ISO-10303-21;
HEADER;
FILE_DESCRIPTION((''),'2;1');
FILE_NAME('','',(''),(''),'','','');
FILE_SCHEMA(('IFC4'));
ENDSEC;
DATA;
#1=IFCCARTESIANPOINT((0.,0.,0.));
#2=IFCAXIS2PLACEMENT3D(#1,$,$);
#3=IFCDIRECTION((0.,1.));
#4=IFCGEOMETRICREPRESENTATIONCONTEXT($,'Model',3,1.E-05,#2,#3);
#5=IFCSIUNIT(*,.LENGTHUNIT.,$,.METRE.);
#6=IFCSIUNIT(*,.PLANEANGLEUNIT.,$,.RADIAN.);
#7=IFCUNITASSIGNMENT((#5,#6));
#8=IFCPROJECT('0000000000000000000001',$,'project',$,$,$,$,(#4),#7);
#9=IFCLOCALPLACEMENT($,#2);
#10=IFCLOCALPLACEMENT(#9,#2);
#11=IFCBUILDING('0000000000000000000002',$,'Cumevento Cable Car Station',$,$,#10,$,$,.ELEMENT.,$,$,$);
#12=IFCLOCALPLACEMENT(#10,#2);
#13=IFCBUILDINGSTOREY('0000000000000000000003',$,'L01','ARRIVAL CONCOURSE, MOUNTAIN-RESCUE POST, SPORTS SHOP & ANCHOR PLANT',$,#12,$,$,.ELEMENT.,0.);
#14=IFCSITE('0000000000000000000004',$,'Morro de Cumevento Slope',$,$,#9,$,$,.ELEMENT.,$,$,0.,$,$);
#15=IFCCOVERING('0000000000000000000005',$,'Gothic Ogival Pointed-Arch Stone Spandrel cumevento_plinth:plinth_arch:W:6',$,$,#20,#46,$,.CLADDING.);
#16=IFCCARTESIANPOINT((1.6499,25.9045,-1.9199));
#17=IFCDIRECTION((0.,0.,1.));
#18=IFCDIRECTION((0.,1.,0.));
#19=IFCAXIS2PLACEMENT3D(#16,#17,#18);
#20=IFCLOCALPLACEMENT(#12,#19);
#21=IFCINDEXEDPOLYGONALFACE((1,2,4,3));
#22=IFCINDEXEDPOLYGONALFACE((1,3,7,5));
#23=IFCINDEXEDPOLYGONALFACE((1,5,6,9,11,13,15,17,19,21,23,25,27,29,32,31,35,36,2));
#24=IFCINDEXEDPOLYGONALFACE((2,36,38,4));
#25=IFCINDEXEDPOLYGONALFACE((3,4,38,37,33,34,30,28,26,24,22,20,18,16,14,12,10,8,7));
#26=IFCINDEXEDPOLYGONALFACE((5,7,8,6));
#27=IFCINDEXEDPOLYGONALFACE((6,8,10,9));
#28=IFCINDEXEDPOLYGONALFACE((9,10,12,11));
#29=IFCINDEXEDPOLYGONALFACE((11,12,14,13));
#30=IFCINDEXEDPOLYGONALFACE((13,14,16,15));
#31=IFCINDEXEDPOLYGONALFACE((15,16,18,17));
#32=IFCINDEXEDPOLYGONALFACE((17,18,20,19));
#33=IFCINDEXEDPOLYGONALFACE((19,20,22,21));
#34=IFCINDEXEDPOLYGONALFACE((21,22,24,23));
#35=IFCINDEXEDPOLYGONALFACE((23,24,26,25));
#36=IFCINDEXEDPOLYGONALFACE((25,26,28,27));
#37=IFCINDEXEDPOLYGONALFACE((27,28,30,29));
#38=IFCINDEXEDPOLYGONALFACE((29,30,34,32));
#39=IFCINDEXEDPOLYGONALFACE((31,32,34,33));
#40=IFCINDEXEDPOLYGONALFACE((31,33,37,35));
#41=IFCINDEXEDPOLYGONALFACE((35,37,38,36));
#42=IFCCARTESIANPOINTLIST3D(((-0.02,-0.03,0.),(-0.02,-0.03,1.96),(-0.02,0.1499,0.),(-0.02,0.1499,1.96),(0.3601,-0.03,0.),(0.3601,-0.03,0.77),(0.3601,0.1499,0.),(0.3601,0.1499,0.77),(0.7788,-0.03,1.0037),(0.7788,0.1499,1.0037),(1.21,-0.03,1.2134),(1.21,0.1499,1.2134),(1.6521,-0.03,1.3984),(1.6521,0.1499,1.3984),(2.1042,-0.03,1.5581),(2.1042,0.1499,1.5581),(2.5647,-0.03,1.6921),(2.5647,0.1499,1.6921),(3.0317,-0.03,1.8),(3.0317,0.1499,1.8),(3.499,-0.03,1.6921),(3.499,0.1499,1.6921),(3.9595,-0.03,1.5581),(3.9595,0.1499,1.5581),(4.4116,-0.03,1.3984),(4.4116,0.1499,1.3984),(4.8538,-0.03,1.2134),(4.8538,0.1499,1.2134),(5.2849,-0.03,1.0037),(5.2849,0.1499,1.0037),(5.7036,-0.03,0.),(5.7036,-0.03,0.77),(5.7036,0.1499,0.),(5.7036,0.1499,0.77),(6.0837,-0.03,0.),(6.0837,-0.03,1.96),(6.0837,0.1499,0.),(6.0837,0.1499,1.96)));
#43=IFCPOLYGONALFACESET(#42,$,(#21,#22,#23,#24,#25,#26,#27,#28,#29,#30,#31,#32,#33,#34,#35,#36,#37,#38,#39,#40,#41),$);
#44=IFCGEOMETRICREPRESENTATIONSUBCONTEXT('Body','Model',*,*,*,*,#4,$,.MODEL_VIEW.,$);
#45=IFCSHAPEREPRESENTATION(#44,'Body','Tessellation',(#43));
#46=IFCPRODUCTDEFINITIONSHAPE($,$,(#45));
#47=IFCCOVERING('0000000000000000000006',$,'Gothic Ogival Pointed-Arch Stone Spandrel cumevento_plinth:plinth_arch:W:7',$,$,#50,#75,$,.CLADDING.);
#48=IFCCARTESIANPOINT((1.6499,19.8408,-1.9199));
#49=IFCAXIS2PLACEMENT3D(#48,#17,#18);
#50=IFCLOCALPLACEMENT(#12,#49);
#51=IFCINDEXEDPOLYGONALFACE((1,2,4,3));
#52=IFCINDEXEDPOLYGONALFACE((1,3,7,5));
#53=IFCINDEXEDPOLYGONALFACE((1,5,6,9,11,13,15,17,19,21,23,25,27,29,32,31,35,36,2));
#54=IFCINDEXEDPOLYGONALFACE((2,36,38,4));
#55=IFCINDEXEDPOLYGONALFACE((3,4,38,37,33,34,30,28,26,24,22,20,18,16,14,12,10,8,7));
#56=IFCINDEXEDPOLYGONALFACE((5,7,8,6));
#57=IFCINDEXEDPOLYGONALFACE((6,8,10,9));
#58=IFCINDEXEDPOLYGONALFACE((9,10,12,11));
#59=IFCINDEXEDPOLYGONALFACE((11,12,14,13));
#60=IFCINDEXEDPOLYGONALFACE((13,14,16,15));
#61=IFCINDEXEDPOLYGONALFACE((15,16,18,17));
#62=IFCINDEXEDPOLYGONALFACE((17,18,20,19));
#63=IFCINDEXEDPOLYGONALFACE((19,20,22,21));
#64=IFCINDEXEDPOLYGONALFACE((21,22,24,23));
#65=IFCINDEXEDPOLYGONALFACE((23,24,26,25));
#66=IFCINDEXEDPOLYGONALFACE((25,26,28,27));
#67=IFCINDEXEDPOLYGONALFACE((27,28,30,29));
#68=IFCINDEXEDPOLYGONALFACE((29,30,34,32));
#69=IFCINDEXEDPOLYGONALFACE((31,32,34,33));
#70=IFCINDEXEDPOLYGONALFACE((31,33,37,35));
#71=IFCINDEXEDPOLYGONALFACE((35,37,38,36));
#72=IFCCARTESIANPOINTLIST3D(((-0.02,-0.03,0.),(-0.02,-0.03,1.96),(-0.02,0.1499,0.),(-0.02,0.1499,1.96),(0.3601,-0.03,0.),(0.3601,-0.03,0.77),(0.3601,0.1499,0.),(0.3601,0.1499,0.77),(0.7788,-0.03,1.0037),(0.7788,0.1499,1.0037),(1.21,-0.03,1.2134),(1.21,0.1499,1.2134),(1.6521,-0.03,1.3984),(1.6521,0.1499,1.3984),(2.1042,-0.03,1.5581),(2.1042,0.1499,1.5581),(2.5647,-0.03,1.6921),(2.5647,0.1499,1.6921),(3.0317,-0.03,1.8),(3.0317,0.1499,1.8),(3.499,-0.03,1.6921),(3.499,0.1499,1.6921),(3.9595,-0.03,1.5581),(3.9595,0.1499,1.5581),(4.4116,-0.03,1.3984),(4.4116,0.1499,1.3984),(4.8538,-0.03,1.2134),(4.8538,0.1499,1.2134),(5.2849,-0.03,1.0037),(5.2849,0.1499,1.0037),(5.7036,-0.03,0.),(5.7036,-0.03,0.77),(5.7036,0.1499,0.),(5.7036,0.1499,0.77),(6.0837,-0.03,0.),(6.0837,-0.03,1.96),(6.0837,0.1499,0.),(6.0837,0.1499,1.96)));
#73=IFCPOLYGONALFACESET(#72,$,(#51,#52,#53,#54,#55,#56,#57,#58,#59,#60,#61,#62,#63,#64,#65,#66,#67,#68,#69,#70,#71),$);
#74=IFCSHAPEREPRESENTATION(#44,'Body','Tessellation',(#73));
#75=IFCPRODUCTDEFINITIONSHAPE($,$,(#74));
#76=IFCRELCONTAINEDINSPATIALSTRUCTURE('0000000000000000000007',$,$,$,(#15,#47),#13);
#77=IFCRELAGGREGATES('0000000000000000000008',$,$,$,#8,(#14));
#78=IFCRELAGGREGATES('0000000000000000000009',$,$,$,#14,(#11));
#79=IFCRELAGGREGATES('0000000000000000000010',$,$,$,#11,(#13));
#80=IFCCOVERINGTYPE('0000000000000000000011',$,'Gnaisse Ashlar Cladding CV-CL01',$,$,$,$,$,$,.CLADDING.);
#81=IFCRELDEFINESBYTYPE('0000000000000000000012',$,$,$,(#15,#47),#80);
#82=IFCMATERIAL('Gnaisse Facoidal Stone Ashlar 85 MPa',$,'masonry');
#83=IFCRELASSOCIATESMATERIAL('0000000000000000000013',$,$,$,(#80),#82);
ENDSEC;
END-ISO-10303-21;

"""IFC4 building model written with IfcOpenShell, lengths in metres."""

from ifc_helpers import new_model, si_unit, direction, frame, origin, place, context, subcontext, project, spatial, polyline, outline, extrude, material, type_object, element, save


model = new_model("IFC4")

# Units and contexts
model_context = context("Model", 3, precision=1e-05, world=origin(), true_north=direction((0.0, 1.0)))
body_context = subcontext(model_context, "Body", "Model", "MODEL_VIEW")
ifc_project = project(units=[si_unit("LENGTHUNIT", "METRE"), si_unit("PLANEANGLEUNIT", "RADIAN")], contexts=[model_context])

# Site, building, storey
site_placement = place(None, origin())
site = spatial("IfcSite", under=ifc_project, at=site_placement, Name="Morro de Cumevento Slope", CompositionType="ELEMENT", RefElevation=0.0)
building_placement = place(site_placement, origin())
building = spatial("IfcBuilding", under=site, at=building_placement, Name="Cumevento Cable Car Station", CompositionType="ELEMENT")
storey_placement = place(building_placement, origin())
storey = spatial("IfcBuildingStorey", under=building, at=storey_placement, Name="L01", Description="ARRIVAL CONCOURSE, MOUNTAIN-RESCUE POST, SPORTS SHOP & ANCHOR PLANT", CompositionType="ELEMENT", Elevation=0.0)

# Coverings
ifc_material_1 = material(Name="Gnaisse Facoidal Stone Ashlar 85 MPa", Category="masonry")
covering_type = type_object("IfcCoveringType", Name="Gnaisse Ashlar Cladding CV-CL01", PredefinedType="CLADDING", material=ifc_material_1)
for number, where, z_axis, x_axis, name in (
    (1, (1.6499, 25.9045, -1.9199), (0.0, 0.0, 1.0), (0.0, 1.0, 0.0), "Gothic Ogival Pointed-Arch Stone Spandrel cumevento_plinth:plinth_arch:W:6"),
    (2, (1.6499, 19.8408, -1.9199), (0.0, 0.0, 1.0), (0.0, 1.0, 0.0), "Gothic Ogival Pointed-Arch Stone Spandrel cumevento_plinth:plinth_arch:W:7"),
):
    element("IfcCovering", number, at=place(storey_placement, frame(where, z_axis=z_axis, x_axis=x_axis)), inside=storey, type_object=covering_type, Name=name, PredefinedType="CLADDING", context=body_context, shape_type="SweptSolid", body=[
        extrude(outline(polyline([(-0.02, 0.0), (-0.02, 1.96), (6.0837, 1.96), (6.0837, 0.0), (5.7036, 0.0), (5.7036, 0.77), (5.2849, 1.0037), (4.8538, 1.2134), (4.4116, 1.3984), (3.9595, 1.5581), (3.499, 1.6921), (3.0317, 1.8), (2.5647, 1.6921), (2.1042, 1.5581), (1.6521, 1.3984), (1.21, 1.2134), (0.7788, 1.0037), (0.3601, 0.77), (0.3601, 0.0), (-0.02, 0.0)])), frame((0.0, 0.1499, 0.0), z_axis=(0.0, -1.0, 0.0), x_axis=(1.0, 0.0, 0.0)), (0.0, 0.0, 1.0), 0.1799),
    ])

save(model, "model.ifc")
